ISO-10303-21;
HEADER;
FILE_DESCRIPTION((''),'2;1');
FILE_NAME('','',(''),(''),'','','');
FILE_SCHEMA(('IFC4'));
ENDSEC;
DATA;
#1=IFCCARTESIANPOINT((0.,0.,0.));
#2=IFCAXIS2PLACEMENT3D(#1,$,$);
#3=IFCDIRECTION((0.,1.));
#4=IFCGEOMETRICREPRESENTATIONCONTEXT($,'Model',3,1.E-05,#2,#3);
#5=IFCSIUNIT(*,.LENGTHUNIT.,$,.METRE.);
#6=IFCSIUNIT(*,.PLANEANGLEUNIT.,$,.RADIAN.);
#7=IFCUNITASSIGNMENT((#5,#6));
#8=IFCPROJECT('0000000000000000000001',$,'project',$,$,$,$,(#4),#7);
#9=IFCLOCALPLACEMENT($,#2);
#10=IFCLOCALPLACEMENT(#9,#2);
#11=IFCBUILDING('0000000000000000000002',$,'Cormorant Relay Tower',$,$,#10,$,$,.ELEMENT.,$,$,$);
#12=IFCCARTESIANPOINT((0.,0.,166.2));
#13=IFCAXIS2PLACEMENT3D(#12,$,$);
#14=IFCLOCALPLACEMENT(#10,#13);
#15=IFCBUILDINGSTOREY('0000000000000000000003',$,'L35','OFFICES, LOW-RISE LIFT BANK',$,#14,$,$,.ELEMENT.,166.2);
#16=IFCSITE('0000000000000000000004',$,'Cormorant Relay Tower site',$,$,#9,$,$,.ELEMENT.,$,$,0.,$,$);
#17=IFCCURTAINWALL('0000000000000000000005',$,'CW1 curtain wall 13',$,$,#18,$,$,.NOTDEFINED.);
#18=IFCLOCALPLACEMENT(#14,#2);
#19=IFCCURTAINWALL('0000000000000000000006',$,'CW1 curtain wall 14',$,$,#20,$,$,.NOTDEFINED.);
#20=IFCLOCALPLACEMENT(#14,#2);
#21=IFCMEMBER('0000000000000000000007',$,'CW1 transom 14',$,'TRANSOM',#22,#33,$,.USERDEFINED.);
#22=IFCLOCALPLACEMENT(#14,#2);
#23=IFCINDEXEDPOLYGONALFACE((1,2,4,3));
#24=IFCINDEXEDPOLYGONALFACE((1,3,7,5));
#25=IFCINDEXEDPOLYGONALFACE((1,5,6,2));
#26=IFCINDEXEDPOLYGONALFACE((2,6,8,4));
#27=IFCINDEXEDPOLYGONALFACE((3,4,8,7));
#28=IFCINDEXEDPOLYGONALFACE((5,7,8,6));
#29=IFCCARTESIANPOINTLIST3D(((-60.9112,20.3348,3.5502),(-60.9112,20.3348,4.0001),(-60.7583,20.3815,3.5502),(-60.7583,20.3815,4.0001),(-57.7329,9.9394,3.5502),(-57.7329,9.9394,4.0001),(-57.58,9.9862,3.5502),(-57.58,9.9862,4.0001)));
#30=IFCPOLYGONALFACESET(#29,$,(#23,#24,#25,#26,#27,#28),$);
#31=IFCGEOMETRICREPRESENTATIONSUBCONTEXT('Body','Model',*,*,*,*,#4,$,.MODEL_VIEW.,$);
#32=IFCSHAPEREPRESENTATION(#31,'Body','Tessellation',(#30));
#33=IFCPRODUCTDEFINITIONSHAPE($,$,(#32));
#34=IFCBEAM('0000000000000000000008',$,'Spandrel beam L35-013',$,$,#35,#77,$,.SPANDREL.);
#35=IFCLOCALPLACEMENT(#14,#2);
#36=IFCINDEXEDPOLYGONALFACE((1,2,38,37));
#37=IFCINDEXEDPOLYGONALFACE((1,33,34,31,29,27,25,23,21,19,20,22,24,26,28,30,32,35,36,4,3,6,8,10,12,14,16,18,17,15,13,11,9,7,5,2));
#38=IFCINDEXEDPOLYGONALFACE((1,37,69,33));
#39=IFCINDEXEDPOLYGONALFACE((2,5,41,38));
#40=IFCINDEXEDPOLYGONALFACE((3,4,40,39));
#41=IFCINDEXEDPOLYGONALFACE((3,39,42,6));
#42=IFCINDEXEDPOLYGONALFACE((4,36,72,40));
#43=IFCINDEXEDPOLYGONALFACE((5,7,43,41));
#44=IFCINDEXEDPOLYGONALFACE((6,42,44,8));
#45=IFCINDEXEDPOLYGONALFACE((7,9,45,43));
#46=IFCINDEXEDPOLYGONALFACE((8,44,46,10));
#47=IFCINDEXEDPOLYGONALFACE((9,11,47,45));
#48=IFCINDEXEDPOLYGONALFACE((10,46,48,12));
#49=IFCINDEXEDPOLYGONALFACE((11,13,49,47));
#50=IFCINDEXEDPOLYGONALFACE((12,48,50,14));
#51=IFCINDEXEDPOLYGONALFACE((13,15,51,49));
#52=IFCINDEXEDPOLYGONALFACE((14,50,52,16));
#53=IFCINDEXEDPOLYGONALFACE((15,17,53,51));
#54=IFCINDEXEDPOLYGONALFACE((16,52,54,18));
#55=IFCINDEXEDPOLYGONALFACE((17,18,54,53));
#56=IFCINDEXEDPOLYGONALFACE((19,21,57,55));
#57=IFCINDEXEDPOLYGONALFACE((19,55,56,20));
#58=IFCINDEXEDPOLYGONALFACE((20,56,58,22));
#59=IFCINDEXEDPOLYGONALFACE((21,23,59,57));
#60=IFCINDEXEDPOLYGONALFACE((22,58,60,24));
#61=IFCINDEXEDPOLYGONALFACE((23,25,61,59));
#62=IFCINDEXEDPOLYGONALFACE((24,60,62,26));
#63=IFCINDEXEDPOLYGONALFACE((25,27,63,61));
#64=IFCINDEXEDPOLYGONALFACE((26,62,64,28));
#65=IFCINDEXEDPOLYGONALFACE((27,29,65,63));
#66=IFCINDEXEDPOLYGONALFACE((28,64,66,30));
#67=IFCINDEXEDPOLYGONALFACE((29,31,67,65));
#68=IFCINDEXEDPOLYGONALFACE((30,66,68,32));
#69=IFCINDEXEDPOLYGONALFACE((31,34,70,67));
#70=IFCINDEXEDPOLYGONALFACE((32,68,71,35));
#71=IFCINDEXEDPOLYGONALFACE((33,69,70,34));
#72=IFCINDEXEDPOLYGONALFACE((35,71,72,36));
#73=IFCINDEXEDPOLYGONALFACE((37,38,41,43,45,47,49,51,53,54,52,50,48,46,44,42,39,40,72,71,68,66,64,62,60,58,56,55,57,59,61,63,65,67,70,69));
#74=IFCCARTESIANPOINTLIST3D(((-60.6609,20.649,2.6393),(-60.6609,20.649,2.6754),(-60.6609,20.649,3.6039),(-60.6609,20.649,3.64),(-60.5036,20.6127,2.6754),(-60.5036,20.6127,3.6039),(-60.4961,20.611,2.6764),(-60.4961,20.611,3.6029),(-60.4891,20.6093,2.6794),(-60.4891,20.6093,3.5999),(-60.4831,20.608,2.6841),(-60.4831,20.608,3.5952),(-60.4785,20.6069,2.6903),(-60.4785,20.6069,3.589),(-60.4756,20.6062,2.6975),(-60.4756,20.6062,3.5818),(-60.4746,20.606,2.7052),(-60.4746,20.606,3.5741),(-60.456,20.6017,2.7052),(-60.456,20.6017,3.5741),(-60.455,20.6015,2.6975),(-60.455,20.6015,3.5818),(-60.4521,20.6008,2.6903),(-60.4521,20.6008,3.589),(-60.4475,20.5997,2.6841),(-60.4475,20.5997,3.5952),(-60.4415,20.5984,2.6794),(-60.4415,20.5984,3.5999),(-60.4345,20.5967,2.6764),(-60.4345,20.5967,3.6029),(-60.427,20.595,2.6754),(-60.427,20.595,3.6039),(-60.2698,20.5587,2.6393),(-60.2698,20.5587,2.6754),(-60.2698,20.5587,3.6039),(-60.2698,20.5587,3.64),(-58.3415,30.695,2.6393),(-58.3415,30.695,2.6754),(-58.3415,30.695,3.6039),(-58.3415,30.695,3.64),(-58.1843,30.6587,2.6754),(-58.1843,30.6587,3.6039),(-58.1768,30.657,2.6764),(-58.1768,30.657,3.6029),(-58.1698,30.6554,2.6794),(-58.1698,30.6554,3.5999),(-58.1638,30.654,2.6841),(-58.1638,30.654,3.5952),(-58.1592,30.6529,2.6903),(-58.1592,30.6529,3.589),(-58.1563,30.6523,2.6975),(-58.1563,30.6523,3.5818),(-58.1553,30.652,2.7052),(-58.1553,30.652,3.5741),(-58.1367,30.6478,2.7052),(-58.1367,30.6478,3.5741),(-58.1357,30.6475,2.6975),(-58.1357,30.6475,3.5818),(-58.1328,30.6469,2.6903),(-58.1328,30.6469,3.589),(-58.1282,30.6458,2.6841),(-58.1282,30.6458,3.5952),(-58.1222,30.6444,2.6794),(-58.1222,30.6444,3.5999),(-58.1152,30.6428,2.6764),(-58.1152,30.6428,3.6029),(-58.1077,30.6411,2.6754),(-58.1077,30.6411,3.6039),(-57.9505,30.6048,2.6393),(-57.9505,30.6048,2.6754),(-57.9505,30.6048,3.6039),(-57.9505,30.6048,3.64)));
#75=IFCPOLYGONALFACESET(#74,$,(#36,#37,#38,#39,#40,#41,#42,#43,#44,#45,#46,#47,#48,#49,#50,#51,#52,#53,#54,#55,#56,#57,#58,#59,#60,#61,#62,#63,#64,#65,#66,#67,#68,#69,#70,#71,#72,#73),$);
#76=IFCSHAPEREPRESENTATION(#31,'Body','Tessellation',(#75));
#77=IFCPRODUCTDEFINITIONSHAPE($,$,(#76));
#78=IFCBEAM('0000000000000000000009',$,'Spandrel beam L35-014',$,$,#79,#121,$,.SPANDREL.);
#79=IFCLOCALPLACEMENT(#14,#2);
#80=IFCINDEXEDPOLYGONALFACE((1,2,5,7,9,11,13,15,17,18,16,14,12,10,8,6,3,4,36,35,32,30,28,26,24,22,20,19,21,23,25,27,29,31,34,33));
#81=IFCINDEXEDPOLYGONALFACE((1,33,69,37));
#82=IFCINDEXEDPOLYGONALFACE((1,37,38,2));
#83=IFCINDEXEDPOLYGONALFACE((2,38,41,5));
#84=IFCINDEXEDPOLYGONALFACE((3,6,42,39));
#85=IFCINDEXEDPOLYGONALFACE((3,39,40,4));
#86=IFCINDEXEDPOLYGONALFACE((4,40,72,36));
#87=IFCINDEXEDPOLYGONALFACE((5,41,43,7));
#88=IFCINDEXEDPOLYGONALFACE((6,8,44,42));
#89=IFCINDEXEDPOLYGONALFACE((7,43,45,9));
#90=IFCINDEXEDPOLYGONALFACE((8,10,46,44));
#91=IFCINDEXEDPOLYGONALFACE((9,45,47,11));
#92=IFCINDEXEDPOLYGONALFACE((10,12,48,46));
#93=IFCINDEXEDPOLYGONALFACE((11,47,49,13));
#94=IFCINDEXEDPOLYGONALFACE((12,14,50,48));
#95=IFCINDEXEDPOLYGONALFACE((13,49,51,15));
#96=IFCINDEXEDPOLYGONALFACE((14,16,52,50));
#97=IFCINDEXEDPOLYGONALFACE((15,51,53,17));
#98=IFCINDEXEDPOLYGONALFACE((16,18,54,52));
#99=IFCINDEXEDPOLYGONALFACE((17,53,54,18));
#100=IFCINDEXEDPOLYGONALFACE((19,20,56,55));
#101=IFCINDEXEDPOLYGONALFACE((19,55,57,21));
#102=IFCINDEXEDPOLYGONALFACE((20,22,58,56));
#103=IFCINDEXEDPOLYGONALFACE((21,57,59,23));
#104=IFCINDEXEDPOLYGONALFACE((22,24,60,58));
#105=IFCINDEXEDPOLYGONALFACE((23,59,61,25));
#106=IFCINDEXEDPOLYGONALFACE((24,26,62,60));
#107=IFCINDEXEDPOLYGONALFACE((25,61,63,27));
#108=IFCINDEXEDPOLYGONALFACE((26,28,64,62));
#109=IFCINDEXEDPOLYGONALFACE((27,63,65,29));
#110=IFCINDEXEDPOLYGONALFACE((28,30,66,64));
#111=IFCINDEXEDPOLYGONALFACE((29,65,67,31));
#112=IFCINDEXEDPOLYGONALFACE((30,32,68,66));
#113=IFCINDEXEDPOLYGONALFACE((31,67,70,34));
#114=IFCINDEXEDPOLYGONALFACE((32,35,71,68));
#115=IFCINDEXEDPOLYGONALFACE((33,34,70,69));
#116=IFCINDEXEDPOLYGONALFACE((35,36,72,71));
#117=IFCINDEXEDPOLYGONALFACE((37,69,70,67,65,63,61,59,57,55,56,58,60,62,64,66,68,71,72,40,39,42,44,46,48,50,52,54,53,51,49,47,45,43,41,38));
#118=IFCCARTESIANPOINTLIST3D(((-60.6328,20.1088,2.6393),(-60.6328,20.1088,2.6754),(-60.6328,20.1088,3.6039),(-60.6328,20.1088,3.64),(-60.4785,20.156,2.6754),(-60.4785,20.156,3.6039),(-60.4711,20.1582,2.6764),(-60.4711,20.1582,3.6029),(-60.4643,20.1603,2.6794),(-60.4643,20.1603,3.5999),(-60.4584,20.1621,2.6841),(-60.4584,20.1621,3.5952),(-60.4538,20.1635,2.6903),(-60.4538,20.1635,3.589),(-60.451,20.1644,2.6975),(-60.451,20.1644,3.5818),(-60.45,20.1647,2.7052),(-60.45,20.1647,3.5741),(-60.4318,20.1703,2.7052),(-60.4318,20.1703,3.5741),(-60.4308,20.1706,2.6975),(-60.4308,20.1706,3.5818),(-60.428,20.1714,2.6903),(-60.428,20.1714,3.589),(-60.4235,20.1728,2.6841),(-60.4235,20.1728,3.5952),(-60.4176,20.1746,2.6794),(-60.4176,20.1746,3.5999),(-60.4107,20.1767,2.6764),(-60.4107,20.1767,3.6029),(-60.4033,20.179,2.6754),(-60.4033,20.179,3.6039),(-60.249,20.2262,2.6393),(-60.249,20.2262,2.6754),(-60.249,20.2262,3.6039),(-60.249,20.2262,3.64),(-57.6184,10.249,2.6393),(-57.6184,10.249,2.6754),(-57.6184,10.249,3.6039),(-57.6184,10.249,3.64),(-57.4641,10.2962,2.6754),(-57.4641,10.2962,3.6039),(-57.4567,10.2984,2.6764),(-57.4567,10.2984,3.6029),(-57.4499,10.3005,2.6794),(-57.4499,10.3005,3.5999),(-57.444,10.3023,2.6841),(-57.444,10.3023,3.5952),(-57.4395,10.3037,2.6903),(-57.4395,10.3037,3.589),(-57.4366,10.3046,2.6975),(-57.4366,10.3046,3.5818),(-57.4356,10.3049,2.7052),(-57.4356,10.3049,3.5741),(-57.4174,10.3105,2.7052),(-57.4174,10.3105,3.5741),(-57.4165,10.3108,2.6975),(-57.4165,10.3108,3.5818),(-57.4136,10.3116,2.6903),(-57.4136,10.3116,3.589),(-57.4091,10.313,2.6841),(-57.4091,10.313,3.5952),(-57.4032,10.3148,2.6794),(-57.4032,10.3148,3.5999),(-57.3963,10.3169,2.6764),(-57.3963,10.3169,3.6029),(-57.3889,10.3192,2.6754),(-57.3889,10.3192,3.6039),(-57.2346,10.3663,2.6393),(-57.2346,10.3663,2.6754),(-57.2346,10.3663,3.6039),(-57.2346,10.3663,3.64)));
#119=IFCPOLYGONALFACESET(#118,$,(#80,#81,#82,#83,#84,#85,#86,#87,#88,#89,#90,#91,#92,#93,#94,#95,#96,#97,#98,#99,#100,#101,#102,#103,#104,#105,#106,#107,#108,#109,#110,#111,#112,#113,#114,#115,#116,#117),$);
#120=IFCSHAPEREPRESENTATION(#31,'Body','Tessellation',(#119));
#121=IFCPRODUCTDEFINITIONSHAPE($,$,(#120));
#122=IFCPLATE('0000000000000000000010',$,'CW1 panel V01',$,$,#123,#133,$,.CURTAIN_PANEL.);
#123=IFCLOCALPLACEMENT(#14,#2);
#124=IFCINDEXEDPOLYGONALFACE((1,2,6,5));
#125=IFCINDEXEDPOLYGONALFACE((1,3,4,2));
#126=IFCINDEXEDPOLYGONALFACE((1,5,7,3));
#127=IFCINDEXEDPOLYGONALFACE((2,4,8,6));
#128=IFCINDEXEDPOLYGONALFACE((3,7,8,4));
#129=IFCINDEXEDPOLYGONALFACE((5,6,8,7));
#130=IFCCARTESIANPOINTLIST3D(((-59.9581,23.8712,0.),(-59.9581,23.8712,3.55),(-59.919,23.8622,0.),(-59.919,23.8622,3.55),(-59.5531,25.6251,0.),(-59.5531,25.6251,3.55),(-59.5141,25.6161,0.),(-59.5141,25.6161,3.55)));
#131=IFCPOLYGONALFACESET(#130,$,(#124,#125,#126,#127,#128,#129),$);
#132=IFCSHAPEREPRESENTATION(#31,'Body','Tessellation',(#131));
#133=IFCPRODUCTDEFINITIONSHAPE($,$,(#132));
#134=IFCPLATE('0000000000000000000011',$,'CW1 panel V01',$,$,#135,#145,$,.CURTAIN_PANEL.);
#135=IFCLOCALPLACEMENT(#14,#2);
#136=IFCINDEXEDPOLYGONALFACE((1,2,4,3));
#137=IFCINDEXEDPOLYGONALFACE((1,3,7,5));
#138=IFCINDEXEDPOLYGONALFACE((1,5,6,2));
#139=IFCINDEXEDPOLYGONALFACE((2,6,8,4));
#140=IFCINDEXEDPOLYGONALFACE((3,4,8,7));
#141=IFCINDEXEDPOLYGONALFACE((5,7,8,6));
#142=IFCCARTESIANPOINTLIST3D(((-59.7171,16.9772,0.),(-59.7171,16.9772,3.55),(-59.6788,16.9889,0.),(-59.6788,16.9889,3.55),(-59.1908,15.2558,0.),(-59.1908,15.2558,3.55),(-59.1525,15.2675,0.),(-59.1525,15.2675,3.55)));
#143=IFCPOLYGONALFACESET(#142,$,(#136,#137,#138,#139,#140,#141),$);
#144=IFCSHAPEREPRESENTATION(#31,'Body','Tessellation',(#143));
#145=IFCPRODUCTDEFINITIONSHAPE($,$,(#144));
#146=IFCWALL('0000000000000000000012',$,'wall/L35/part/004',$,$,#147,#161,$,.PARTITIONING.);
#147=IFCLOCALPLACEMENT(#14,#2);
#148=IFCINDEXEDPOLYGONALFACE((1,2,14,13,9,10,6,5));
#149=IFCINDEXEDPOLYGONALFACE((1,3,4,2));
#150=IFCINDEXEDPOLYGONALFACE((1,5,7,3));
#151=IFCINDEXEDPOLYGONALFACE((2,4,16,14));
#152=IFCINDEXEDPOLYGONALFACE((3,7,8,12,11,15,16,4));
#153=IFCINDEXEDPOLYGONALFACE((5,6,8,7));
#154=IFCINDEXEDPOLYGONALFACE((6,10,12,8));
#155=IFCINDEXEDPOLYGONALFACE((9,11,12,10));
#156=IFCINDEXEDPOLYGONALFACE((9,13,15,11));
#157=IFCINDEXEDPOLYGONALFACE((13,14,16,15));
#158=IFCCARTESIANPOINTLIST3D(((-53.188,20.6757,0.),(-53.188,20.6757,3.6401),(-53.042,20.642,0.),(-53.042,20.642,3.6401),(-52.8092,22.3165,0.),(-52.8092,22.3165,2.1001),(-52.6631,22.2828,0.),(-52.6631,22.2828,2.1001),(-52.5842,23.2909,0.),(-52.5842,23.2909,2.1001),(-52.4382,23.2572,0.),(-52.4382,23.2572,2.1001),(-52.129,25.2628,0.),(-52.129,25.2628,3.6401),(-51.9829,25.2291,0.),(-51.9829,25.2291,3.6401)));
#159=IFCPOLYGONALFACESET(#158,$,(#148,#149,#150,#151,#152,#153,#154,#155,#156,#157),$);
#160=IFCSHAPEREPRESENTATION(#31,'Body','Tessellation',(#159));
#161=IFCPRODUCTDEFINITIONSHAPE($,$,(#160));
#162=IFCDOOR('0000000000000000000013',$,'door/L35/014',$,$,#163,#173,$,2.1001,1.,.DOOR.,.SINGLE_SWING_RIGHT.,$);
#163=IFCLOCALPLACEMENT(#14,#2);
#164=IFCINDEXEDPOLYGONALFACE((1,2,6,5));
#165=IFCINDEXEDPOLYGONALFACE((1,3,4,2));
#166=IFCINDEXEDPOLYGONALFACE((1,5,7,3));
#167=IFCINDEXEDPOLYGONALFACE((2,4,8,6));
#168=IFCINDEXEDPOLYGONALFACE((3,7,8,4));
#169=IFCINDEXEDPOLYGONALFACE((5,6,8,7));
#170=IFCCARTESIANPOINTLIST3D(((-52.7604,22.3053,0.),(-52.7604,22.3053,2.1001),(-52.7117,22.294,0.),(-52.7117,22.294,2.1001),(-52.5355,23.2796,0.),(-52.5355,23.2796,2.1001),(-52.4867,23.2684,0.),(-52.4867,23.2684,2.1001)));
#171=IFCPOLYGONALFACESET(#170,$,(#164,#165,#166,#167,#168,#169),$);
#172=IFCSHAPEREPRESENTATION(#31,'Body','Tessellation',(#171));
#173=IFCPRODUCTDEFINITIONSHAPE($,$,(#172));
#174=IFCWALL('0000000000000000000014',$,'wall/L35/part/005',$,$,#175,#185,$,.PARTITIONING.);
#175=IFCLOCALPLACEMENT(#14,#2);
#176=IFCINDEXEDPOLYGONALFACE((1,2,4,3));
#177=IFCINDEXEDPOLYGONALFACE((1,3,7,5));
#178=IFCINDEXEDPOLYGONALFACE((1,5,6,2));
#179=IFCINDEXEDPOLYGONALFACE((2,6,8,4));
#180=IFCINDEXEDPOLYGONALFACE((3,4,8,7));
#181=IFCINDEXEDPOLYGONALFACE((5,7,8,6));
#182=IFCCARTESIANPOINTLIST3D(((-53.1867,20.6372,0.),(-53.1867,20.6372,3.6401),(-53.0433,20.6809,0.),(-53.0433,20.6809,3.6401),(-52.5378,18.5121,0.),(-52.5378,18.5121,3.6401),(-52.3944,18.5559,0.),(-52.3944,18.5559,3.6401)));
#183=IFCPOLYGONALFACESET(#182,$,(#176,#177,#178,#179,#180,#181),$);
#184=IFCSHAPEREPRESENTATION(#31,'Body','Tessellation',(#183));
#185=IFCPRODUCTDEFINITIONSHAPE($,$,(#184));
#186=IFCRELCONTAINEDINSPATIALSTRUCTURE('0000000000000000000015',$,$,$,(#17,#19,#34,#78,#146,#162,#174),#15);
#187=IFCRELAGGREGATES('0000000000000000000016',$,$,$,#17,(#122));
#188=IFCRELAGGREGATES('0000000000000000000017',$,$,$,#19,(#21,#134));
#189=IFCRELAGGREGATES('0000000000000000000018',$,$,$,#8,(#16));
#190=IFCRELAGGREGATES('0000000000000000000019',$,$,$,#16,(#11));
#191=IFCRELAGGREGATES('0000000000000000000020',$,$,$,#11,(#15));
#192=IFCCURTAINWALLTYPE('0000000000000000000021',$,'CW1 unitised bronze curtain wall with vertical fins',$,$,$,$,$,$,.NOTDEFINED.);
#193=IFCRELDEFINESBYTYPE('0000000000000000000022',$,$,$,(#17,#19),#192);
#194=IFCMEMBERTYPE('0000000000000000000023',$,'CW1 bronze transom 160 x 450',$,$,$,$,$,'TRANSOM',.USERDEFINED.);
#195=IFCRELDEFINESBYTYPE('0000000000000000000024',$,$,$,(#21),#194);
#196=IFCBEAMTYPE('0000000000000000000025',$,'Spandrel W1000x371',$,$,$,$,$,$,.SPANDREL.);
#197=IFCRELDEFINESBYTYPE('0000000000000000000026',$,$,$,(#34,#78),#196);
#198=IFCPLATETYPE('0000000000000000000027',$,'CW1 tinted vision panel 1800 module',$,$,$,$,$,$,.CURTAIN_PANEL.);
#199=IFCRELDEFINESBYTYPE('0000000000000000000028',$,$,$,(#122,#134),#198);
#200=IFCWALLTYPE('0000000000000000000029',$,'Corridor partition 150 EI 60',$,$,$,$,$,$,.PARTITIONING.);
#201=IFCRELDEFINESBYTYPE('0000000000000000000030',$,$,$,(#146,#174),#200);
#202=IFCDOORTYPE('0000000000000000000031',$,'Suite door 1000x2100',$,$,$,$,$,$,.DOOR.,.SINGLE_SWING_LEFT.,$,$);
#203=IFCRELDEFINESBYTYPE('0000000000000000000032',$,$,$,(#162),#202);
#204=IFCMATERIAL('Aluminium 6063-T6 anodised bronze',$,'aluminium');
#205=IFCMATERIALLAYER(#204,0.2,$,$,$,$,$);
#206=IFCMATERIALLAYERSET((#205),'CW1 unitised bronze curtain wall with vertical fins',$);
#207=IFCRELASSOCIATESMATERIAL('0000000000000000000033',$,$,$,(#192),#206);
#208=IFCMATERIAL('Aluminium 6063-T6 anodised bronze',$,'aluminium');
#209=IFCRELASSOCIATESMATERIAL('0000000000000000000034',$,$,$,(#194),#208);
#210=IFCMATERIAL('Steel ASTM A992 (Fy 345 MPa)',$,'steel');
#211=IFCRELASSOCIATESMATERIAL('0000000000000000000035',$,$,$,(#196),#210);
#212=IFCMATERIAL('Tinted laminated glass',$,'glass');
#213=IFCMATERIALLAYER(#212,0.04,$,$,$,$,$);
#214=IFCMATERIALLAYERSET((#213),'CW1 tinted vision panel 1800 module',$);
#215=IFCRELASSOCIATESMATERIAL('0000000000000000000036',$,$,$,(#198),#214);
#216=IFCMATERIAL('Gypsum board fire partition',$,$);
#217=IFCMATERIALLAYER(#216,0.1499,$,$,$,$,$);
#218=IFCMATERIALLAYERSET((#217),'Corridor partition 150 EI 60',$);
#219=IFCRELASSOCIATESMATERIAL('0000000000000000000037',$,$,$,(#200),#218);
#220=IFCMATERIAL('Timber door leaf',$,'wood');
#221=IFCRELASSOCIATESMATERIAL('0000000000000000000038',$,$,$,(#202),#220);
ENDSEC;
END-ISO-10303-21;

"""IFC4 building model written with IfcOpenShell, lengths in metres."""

from ifc_helpers import new_model, si_unit, direction, frame, frame_2d, origin, origin_2d, place, context, subcontext, project, spatial, rectangle, i_section, extrude, material, layer, layer_set, material_profile, profile_set, type_object, element, fill, aggregate, save


model = new_model("IFC4")

# Units and contexts
model_context = context("Model", 3, precision=1e-05, world=origin(), true_north=direction((0.0, 1.0)))
body_context = subcontext(model_context, "Body", "Model", "MODEL_VIEW")
ifc_project = project(units=[si_unit("LENGTHUNIT", "METRE"), si_unit("PLANEANGLEUNIT", "RADIAN")], contexts=[model_context])

# Site, building, storey
site_placement = place(None, origin())
site = spatial("IfcSite", under=ifc_project, at=site_placement, Name="Cormorant Relay Tower site", CompositionType="ELEMENT", RefElevation=0.0)
building_placement = place(site_placement, origin())
building = spatial("IfcBuilding", under=site, at=building_placement, Name="Cormorant Relay Tower", CompositionType="ELEMENT")
storey_placement = place(building_placement, frame((0.0, 0.0, 166.2)))
storey = spatial("IfcBuildingStorey", under=building, at=storey_placement, Name="L35", Description="OFFICES, LOW-RISE LIFT BANK", CompositionType="ELEMENT", Elevation=166.2)

# Curtain wall
ifc_material_1 = material(Name="Aluminium 6063-T6 anodised bronze", Category="aluminium")
ifc_layer_1 = layer(ifc_material_1, 0.2)
ifc_layer_set_1 = layer_set([ifc_layer_1], Name="CW1 unitised bronze curtain wall with vertical fins")
curtain_wall_type = type_object("IfcCurtainWallType", Name="CW1 unitised bronze curtain wall with vertical fins", PredefinedType="NOTDEFINED", material=ifc_layer_set_1)
curtain_wall_1_placement = place(storey_placement, origin())
curtain_wall_1 = element("IfcCurtainWall", 1, at=curtain_wall_1_placement, inside=storey, type_object=curtain_wall_type, Name="CW1 curtain wall 13", PredefinedType="NOTDEFINED")

# Curtain wall
curtain_wall_2_placement = place(storey_placement, origin())
curtain_wall_2 = element("IfcCurtainWall", 2, at=curtain_wall_2_placement, inside=storey, type_object=curtain_wall_type, Name="CW1 curtain wall 14", PredefinedType="NOTDEFINED")

# Member
ifc_material_2 = material(Name="Aluminium 6063-T6 anodised bronze", Category="aluminium")
ifc_material_profile_1 = material_profile(ifc_material_2, rectangle(XDim=0.1599, YDim=0.45, at=origin_2d()), Name="AL 160x450")
ifc_profile_set_1 = profile_set([ifc_material_profile_1], Name="Aluminium 6063-T6 anodised bronze")
member_type_1 = type_object("IfcMemberType", Name="CW1 bronze transom 160 x 450", ElementType="TRANSOM", PredefinedType="USERDEFINED", material=ifc_profile_set_1)
member_1_placement = place(storey_placement, frame((-60.8347, 20.3582, 3.7751), z_axis=(0.292378, -0.956303, 0.0), x_axis=(0.956303, 0.292378, 0.0)))
member_1 = element("IfcMember", 3, at=member_1_placement, type_object=member_type_1, Name="CW1 transom 14", ObjectType="TRANSOM", PredefinedType="USERDEFINED", context=body_context, shape_type="SweptSolid", body=[
    extrude(rectangle(XDim=0.1599, YDim=0.45, at=origin_2d()), origin(), (0.0, 0.0, 1.0), 10.8704),
])

# Beams
ifc_material_3 = material(Name="Steel ASTM A992 (Fy 345 MPa)", Category="steel")
ifc_material_profile_2 = material_profile(ifc_material_3, i_section(OverallWidth=0.4014, OverallDepth=1.0007, WebThickness=0.019, FlangeThickness=0.0361, FilletRadius=0.0298, at=origin_2d()), Name="W1000x371")
ifc_profile_set_2 = profile_set([ifc_material_profile_2], Name="Steel ASTM A992 (Fy 345 MPa)")
beam_type = type_object("IfcBeamType", Name="Spandrel W1000x371", PredefinedType="SPANDREL", material=ifc_profile_set_2)
for number, where, z_axis, x_axis, name in (
    (4, (-58.146, 30.6499, 3.1396), (-0.224951, -0.97437, 0.0), (0.97437, -0.224951, 0.0), "Spandrel beam L35-013"),
    (5, (-60.4409, 20.1675, 3.1396), (0.292367, -0.956306, 0.0), (0.956306, 0.292367, 0.0), "Spandrel beam L35-014"),
):
    element("IfcBeam", number, at=place(storey_placement, frame(where, z_axis=z_axis, x_axis=x_axis)), inside=storey, type_object=beam_type, Name=name, PredefinedType="SPANDREL", context=body_context, shape_type="SweptSolid", body=[
        extrude(i_section(OverallWidth=0.4014, OverallDepth=1.0007, WebThickness=0.019, FlangeThickness=0.0361, FilletRadius=0.0298, at=origin_2d()), origin(), (0.0, 0.0, 1.0), 10.3103),
    ])

# Plates
ifc_material_4 = material(Name="Tinted laminated glass", Category="glass")
ifc_layer_2 = layer(ifc_material_4, 0.04)
ifc_layer_set_2 = layer_set([ifc_layer_2], Name="CW1 tinted vision panel 1800 module")
plate_type = type_object("IfcPlateType", Name="CW1 tinted vision panel 1800 module", PredefinedType="CURTAIN_PANEL", material=ifc_layer_set_2)
plate_1_placement = place(storey_placement, frame((-59.7361, 24.7437, 0.0), z_axis=(0.0, 0.0, 1.0), x_axis=(-0.224951, -0.97437, 0.0)))
plate_1 = element("IfcPlate", 6, at=plate_1_placement, type_object=plate_type, Name="CW1 panel V01", PredefinedType="CURTAIN_PANEL", context=body_context, shape_type="SweptSolid", body=[
    extrude(rectangle(XDim=1.8, YDim=0.04, at=origin_2d()), origin(), (0.0, 0.0, 1.0), 3.55),
])
plate_2_placement = place(storey_placement, frame((-59.4348, 16.1223, 0.0), z_axis=(0.0, 0.0, 1.0), x_axis=(0.292372, -0.956305, 0.0)))
plate_2 = element("IfcPlate", 7, at=plate_2_placement, type_object=plate_type, Name="CW1 panel V01", PredefinedType="CURTAIN_PANEL", context=body_context, shape_type="SweptSolid", body=[
    extrude(rectangle(XDim=1.8, YDim=0.04, at=origin_2d()), origin(), (0.0, 0.0, 1.0), 3.55),
])

# Wall, opening, door
ifc_material_5 = material(Name="Gypsum board fire partition")
ifc_layer_3 = layer(ifc_material_5, 0.1499)
ifc_layer_set_3 = layer_set([ifc_layer_3], Name="Corridor partition 150 EI 60")
wall_type_1 = type_object("IfcWallType", Name="Corridor partition 150 EI 60", PredefinedType="PARTITIONING", material=ifc_layer_set_3)
wall_1_placement = place(storey_placement, frame((-52.0559, 25.2461, 0.0), z_axis=(0.0, 0.0, 1.0), x_axis=(-0.224962, -0.974368, 0.0)))
wall_1 = element("IfcWall", 8, at=wall_1_placement, inside=storey, type_object=wall_type_1, Name="wall/L35/part/004", PredefinedType="PARTITIONING", context=body_context, shape_type="SweptSolid", body=[
    extrude(rectangle(XDim=4.7078, YDim=0.1499, at=frame_2d((2.354, 0.0))), origin(), (0.0, 0.0, 1.0), 3.6401),
])
opening_1_placement = place(wall_1_placement, frame((2.0239, 0.0, 0.0)))
opening_1 = element("IfcOpeningElement", 9, at=opening_1_placement, cuts=wall_1, PredefinedType="OPENING", context=body_context, shape_type="SweptSolid", body=[
    extrude(rectangle(XDim=1.0, YDim=2.1001, at=frame_2d((0.5, 1.05))), frame((0.0, 0.085, 0.0), z_axis=(0.0, -1.0, 0.0), x_axis=(1.0, 0.0, 0.0)), (0.0, 0.0, 1.0), 0.1699),
])
ifc_material_6 = material(Name="Timber door leaf", Category="wood")
door_type_1 = type_object("IfcDoorType", Name="Suite door 1000x2100", OperationType="SINGLE_SWING_LEFT", PredefinedType="DOOR", material=ifc_material_6)
door_1_placement = place(opening_1_placement, frame((1.0, 0.0, 0.0), z_axis=(0.0, 0.0, 1.0), x_axis=(-1.0, 0.0, 0.0)))
door_1 = element("IfcDoor", 10, at=door_1_placement, inside=storey, type_object=door_type_1, Name="door/L35/014", OperationType="SINGLE_SWING_RIGHT", OverallHeight=2.1001, OverallWidth=1.0, PredefinedType="DOOR", context=body_context, shape_type="SweptSolid", body=[
    extrude(rectangle(XDim=1.0, YDim=2.1001, at=frame_2d((0.5, 1.05))), frame((0.0, 0.0249, 0.0), z_axis=(0.0, -1.0, 0.0), x_axis=(1.0, 0.0, 0.0)), (0.0, 0.0, 1.0), 0.05),
])
fill(opening_1, door_1)

# Wall
wall_2_placement = place(storey_placement, frame((-53.115, 20.6589, 0.0), z_axis=(0.0, 0.0, 1.0), x_axis=(0.292062, -0.956399, 0.0)))
element("IfcWall", 11, at=wall_2_placement, inside=storey, type_object=wall_type_1, Name="wall/L35/part/005", PredefinedType="PARTITIONING", context=body_context, shape_type="SweptSolid", body=[
    extrude(rectangle(XDim=2.2219, YDim=0.1499, at=frame_2d((1.1108, 0.0))), origin(), (0.0, 0.0, 1.0), 3.6401),
])

aggregate(curtain_wall_1, [plate_1])
aggregate(curtain_wall_2, [member_1, plate_2])

save(model, "model.ifc")
